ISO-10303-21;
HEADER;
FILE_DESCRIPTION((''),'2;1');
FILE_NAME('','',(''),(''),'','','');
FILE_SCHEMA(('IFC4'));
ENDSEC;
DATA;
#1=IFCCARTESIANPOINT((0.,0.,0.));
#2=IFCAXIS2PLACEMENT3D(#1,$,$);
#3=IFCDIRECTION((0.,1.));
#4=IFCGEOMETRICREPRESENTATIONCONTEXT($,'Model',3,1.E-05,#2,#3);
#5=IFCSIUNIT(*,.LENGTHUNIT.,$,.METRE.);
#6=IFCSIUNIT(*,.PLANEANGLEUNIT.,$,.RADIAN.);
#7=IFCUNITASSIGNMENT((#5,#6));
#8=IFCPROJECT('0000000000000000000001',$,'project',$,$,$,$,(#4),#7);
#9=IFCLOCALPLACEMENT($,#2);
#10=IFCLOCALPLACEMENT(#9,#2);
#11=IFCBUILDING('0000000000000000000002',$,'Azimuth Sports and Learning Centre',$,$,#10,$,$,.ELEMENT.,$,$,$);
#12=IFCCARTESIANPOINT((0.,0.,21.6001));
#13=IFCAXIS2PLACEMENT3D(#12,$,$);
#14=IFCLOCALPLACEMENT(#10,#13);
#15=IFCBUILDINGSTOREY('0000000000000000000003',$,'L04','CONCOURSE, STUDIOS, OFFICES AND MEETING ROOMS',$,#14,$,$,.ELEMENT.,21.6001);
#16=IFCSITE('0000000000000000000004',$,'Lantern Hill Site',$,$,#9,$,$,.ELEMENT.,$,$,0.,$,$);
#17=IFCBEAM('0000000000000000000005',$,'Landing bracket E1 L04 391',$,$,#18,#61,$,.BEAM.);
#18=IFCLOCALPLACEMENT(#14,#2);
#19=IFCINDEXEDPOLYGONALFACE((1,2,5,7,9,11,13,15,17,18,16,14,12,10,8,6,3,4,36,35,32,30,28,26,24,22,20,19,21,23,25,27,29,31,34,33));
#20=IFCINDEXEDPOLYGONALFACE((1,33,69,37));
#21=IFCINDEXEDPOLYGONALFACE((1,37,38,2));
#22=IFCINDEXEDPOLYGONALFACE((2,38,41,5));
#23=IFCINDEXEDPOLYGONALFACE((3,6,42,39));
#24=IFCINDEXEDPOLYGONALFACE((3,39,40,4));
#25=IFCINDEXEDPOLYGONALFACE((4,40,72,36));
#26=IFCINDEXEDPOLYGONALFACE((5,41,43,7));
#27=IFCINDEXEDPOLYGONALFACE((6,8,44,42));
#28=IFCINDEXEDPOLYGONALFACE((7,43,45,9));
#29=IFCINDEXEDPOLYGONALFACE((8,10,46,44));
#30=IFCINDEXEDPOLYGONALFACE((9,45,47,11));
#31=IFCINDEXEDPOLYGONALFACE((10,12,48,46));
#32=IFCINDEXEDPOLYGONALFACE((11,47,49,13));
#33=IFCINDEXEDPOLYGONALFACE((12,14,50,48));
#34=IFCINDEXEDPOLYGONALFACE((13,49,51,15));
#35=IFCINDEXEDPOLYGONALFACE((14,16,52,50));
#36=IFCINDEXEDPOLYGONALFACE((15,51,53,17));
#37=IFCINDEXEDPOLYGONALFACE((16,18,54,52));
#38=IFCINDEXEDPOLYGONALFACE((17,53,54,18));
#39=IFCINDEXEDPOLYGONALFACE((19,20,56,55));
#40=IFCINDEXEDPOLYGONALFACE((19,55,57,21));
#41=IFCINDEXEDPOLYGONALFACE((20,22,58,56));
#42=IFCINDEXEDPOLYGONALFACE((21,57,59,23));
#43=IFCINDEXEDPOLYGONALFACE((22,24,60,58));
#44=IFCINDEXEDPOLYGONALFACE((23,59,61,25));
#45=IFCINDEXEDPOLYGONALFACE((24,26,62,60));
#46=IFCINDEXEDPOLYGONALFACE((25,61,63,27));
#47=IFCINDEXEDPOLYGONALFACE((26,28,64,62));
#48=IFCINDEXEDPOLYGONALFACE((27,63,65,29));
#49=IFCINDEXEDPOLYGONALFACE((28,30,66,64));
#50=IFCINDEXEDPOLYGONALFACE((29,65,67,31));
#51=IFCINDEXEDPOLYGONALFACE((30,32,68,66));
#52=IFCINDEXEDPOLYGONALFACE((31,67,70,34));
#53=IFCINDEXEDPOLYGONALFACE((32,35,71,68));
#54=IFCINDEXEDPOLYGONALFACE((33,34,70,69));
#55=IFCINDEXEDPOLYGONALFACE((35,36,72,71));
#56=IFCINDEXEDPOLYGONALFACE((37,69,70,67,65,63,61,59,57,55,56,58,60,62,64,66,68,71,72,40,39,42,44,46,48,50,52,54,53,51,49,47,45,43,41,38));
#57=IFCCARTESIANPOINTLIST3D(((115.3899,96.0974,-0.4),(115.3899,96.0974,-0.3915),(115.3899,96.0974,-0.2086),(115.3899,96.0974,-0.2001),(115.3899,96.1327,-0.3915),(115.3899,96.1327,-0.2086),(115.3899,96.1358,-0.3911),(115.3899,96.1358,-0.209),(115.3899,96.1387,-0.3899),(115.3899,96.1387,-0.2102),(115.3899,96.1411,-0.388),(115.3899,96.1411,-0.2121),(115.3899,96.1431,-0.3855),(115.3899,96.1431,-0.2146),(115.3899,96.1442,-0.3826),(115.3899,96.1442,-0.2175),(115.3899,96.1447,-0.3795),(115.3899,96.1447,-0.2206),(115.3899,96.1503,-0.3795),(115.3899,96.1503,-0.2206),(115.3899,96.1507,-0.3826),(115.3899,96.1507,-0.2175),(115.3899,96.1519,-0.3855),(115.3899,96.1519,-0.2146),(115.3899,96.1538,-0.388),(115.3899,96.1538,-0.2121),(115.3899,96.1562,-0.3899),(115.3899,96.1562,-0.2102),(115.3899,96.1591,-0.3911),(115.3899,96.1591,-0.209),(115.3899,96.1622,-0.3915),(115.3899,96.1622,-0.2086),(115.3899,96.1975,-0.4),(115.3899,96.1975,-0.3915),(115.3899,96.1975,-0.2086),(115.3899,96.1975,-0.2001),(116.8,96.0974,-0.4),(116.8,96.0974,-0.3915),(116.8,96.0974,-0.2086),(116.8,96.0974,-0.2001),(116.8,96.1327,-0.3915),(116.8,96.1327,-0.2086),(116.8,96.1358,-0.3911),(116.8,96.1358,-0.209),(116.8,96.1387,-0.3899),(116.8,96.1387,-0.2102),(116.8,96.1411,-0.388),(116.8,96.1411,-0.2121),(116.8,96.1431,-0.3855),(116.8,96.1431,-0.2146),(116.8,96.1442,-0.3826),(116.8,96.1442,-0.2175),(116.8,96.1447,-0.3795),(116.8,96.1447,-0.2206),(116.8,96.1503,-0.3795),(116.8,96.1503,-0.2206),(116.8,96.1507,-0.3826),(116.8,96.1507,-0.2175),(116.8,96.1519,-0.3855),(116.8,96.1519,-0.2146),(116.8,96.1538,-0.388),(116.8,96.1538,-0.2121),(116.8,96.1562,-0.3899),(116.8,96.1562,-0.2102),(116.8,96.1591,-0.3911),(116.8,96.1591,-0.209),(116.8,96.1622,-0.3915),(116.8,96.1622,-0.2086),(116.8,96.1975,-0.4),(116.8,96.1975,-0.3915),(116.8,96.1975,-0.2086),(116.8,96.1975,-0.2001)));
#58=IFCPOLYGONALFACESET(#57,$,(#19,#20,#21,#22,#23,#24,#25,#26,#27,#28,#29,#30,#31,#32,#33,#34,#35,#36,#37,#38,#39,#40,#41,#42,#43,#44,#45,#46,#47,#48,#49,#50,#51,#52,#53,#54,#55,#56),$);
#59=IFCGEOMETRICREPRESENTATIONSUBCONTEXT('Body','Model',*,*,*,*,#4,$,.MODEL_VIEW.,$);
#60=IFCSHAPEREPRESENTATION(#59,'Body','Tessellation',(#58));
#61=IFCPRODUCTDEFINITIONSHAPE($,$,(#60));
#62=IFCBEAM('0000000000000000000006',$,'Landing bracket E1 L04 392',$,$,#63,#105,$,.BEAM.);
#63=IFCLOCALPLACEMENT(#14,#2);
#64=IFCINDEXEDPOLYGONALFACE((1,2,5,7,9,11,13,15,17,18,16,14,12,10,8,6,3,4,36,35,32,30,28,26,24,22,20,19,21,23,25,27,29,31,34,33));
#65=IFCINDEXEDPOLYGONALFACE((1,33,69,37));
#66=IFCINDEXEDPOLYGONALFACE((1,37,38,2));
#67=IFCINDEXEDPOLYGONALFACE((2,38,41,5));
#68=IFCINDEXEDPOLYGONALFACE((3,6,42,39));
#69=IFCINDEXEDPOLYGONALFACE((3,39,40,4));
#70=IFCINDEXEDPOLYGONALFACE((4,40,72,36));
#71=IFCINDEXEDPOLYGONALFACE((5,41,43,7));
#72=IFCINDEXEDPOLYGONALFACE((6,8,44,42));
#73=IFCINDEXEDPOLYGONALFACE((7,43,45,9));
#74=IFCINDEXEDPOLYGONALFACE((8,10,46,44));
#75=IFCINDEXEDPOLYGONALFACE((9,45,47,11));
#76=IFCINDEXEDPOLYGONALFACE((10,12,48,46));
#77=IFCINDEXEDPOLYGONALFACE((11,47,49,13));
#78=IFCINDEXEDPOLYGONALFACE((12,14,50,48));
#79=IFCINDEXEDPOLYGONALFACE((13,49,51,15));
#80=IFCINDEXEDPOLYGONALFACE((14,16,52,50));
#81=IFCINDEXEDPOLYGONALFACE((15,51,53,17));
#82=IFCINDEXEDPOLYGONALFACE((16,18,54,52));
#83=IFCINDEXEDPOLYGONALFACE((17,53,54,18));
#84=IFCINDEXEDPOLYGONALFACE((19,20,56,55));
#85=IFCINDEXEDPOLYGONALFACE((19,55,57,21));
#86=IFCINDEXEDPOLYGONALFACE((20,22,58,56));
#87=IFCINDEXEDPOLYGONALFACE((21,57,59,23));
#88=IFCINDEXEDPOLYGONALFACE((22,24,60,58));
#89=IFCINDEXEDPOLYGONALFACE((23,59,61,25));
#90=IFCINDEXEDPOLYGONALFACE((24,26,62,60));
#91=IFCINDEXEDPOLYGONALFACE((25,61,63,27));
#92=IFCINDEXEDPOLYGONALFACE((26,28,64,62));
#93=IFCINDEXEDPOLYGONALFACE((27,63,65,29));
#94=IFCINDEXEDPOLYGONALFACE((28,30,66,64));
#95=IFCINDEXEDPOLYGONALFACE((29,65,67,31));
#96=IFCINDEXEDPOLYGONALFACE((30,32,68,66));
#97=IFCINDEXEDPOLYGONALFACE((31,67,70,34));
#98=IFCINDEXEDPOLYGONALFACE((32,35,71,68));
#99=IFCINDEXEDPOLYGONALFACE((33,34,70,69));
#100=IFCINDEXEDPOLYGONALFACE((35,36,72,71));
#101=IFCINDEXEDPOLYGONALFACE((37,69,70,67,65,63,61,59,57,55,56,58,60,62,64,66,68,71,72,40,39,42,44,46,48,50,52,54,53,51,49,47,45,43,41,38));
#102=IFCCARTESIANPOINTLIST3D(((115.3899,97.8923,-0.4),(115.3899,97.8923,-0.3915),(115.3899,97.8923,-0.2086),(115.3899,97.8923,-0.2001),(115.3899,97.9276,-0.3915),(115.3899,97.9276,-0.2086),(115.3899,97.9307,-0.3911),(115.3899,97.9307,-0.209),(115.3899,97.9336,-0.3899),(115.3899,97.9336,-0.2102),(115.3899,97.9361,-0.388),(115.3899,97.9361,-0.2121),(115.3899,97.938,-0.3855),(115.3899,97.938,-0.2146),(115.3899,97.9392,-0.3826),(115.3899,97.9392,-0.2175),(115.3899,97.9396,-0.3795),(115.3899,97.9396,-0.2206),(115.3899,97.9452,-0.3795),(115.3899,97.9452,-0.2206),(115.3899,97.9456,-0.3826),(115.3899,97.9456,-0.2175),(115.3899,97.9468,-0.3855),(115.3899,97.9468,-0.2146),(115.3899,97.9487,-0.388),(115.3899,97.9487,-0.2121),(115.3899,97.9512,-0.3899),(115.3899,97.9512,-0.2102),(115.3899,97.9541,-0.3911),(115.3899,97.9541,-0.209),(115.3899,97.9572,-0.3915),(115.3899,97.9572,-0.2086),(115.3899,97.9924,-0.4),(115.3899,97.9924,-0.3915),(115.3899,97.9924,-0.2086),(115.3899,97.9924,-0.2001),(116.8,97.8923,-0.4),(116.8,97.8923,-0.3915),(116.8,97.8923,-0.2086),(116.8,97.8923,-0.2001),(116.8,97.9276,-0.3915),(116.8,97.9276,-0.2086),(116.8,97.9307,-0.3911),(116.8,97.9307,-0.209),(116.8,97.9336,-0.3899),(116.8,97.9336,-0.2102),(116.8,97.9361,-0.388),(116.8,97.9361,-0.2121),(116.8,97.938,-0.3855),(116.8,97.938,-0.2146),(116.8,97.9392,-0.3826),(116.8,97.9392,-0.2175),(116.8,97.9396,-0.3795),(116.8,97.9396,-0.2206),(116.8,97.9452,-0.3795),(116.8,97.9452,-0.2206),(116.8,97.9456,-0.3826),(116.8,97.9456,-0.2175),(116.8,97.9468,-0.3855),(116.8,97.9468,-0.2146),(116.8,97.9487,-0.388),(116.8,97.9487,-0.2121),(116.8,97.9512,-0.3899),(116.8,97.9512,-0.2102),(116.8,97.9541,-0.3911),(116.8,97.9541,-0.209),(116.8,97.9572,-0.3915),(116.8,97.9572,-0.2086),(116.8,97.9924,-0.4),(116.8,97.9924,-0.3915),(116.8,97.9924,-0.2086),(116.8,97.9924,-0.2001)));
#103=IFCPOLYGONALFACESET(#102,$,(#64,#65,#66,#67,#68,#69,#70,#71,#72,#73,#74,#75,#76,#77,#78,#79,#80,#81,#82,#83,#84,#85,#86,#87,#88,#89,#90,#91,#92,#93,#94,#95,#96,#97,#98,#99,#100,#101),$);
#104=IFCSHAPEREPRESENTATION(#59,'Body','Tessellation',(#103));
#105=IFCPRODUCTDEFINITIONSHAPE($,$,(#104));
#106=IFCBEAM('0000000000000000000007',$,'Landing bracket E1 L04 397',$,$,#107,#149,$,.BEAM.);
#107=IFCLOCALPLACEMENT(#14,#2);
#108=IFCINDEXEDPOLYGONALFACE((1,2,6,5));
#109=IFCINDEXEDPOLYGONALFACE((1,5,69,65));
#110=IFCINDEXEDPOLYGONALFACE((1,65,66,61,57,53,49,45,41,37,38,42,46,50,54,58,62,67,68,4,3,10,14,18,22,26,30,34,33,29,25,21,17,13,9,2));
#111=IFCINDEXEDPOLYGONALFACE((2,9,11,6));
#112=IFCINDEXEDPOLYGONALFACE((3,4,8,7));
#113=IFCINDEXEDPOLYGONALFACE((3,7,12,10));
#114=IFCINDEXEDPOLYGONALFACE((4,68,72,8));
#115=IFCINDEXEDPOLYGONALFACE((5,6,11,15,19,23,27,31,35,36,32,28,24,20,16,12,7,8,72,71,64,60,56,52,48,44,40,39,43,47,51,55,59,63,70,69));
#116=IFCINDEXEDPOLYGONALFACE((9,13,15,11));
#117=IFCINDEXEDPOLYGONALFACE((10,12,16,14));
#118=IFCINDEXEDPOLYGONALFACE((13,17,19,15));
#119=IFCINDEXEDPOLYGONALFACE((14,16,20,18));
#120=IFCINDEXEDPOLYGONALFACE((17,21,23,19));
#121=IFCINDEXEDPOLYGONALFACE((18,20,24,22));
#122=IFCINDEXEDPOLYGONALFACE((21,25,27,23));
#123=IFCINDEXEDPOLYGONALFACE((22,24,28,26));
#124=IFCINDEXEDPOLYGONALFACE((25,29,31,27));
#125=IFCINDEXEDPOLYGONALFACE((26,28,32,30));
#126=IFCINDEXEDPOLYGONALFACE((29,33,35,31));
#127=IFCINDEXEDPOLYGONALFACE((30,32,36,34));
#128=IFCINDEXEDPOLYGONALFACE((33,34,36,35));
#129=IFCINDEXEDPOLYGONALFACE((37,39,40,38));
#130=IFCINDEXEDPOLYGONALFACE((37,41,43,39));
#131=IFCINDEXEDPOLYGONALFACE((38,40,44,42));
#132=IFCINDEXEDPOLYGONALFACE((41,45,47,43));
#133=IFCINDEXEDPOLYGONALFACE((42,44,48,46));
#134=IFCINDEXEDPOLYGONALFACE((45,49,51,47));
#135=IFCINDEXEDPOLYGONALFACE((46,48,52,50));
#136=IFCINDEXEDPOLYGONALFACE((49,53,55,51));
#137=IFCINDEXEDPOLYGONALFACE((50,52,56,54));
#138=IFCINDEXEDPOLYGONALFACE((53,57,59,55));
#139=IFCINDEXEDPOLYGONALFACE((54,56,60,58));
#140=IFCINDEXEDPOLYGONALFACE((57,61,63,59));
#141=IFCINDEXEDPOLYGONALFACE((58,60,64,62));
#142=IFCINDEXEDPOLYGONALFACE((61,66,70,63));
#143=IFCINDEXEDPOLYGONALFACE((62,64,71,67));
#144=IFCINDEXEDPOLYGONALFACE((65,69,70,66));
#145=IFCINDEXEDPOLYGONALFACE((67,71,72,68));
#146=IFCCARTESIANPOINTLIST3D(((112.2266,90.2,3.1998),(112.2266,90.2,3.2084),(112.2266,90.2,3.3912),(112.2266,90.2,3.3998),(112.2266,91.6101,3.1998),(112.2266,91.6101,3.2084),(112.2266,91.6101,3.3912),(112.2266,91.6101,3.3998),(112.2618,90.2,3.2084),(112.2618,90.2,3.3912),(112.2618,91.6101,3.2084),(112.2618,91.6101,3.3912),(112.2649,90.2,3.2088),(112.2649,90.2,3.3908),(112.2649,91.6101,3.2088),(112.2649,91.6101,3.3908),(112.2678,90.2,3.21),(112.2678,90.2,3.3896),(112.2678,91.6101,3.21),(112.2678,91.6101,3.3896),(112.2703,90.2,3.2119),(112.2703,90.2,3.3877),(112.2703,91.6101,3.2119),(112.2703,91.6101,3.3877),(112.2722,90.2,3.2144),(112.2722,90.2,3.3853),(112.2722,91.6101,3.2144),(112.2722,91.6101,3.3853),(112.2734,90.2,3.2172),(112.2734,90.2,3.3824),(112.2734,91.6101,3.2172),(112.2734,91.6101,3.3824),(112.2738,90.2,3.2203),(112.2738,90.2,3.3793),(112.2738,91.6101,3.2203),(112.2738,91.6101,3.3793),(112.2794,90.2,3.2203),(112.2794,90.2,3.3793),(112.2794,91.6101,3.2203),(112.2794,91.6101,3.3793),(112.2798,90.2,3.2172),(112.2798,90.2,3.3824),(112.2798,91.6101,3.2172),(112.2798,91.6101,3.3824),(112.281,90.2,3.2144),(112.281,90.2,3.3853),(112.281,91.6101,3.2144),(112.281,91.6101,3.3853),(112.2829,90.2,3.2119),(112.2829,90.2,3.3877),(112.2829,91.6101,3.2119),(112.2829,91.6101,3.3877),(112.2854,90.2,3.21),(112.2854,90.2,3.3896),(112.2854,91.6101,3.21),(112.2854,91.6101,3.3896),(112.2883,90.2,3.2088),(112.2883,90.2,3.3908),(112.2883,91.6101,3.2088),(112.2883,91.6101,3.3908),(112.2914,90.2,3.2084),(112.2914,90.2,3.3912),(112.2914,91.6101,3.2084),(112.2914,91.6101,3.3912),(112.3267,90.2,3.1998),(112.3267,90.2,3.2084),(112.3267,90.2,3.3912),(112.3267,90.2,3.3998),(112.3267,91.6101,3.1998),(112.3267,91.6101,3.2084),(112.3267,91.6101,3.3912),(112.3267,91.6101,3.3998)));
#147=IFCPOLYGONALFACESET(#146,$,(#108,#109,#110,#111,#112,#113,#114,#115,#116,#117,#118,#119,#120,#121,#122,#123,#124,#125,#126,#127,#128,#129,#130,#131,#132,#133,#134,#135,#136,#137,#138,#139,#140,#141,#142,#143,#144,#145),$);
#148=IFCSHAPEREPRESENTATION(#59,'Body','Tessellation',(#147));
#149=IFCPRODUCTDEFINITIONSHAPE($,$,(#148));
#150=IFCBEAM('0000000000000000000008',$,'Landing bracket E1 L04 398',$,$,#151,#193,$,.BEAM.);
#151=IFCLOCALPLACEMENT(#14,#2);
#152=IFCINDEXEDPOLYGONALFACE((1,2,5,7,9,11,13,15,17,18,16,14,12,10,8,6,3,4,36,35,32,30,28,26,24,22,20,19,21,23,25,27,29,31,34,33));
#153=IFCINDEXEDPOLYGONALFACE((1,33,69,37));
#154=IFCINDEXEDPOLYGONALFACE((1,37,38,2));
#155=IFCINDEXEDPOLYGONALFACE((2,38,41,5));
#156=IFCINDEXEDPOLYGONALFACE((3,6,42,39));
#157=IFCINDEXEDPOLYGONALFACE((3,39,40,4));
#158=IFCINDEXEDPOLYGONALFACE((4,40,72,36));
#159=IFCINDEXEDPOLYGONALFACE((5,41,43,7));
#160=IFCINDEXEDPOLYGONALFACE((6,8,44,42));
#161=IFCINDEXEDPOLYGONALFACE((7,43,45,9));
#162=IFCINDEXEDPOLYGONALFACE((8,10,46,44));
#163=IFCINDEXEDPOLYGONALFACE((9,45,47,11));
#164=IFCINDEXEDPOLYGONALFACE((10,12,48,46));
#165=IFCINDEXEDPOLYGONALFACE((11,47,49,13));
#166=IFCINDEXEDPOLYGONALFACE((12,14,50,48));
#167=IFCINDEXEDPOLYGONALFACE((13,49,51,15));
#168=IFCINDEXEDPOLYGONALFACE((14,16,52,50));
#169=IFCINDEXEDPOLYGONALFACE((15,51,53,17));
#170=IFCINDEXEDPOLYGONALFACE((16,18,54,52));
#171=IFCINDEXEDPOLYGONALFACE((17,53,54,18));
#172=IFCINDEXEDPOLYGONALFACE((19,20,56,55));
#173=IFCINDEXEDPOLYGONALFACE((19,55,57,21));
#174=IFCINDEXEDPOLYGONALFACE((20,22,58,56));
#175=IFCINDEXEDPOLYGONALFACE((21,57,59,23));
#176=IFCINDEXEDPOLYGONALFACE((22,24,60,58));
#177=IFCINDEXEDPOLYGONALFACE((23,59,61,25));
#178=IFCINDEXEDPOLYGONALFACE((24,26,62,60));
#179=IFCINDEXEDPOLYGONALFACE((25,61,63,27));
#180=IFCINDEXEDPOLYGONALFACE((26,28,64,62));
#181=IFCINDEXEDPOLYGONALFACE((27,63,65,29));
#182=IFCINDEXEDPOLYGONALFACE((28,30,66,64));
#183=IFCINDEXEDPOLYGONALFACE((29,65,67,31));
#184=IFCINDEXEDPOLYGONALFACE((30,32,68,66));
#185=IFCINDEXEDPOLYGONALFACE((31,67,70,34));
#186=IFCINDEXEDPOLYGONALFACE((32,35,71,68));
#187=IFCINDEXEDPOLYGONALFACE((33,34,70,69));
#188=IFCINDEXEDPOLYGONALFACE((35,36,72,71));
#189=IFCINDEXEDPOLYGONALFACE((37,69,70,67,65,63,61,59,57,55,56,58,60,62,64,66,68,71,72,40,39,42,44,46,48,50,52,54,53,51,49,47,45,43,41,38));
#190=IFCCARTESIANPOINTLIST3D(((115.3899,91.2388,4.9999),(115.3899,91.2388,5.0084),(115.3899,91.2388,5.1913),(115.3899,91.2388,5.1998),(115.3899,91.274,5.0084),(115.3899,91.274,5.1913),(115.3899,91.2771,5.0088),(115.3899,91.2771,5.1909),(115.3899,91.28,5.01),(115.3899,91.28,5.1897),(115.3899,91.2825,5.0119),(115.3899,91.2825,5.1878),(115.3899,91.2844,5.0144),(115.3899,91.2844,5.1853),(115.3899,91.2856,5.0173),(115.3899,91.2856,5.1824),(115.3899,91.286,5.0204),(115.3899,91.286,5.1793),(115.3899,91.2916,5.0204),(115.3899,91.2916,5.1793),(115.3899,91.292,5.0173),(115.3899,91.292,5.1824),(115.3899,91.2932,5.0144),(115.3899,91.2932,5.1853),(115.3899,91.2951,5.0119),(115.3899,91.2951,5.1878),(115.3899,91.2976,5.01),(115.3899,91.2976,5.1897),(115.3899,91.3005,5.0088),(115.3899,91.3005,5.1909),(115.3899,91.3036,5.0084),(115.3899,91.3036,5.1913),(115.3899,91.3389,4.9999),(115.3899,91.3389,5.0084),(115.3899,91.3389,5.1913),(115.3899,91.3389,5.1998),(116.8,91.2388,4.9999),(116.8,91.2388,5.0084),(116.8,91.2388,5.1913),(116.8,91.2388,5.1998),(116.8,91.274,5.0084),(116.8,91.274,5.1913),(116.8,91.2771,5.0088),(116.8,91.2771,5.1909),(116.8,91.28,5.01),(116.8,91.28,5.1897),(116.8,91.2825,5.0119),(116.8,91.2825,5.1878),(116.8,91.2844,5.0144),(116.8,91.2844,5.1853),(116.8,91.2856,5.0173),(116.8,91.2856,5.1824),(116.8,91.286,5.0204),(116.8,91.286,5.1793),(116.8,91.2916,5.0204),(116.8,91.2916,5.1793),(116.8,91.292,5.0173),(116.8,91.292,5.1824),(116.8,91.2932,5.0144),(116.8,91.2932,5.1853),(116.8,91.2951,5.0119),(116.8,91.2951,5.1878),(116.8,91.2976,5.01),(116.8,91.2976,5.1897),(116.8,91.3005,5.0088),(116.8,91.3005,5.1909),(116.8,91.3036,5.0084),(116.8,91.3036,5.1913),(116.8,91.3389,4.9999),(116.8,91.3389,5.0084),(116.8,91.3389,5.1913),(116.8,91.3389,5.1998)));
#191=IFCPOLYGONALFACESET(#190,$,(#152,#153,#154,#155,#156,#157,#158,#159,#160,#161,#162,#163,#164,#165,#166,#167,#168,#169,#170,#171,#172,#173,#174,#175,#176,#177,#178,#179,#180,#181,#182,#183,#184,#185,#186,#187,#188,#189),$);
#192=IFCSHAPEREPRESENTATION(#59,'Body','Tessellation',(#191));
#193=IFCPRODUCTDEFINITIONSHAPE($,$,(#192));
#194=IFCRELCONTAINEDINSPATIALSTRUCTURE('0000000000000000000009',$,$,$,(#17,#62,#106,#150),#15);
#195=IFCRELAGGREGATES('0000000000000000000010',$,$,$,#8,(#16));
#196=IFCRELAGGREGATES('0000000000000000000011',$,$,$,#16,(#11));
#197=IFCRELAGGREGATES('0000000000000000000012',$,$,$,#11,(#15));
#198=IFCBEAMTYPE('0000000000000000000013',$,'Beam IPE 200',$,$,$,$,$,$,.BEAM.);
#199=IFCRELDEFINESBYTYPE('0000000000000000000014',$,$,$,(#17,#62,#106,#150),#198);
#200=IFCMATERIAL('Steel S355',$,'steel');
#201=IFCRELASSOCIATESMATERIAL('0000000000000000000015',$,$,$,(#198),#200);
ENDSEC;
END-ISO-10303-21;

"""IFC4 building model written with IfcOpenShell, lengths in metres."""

from ifc_helpers import new_model, si_unit, direction, frame, origin, origin_2d, place, context, subcontext, project, spatial, i_section, extrude, material, material_profile, profile_set, type_object, element, save


model = new_model("IFC4")

# Units and contexts
model_context = context("Model", 3, precision=1e-05, world=origin(), true_north=direction((0.0, 1.0)))
body_context = subcontext(model_context, "Body", "Model", "MODEL_VIEW")
ifc_project = project(units=[si_unit("LENGTHUNIT", "METRE"), si_unit("PLANEANGLEUNIT", "RADIAN")], contexts=[model_context])

# Site, building, storey
site_placement = place(None, origin())
site = spatial("IfcSite", under=ifc_project, at=site_placement, Name="Lantern Hill Site", CompositionType="ELEMENT", RefElevation=0.0)
building_placement = place(site_placement, origin())
building = spatial("IfcBuilding", under=site, at=building_placement, Name="Azimuth Sports and Learning Centre", CompositionType="ELEMENT")
storey_placement = place(building_placement, frame((0.0, 0.0, 21.6001)))
storey = spatial("IfcBuildingStorey", under=building, at=storey_placement, Name="L04", Description="CONCOURSE, STUDIOS, OFFICES AND MEETING ROOMS", CompositionType="ELEMENT", Elevation=21.6001)

# Beams
ifc_material_1 = material(Name="Steel S355", Category="steel")
ifc_material_profile_1 = material_profile(ifc_material_1, i_section(OverallWidth=0.1001, OverallDepth=0.2, WebThickness=0.0056, FlangeThickness=0.0085, FilletRadius=0.012, at=origin_2d()), Name="IPE 200")
ifc_profile_set_1 = profile_set([ifc_material_profile_1], Name="Steel S355")
beam_type_1 = type_object("IfcBeamType", Name="Beam IPE 200", PredefinedType="BEAM", material=ifc_profile_set_1)
for number, where, z_axis, x_axis, name in (
    (1, (116.8, 96.1475, -0.3), (-1.0, 0.0, 0.0), (0.0, -1.0, 0.0), "Landing bracket E1 L04 391"),
    (2, (116.8, 97.9424, -0.3), (-1.0, 0.0, 0.0), (0.0, -1.0, 0.0), "Landing bracket E1 L04 392"),
    (3, (112.2766, 90.2, 3.2998), (0.0, 1.0, 0.0), (-1.0, 0.0, 0.0), "Landing bracket E1 L04 397"),
    (4, (116.8, 91.2888, 5.0999), (-1.0, 0.0, 0.0), (0.0, -1.0, 0.0), "Landing bracket E1 L04 398"),
):
    element("IfcBeam", number, at=place(storey_placement, frame(where, z_axis=z_axis, x_axis=x_axis)), inside=storey, type_object=beam_type_1, Name=name, PredefinedType="BEAM", context=body_context, shape_type="SweptSolid", body=[
        extrude(i_section(OverallWidth=0.1001, OverallDepth=0.2, WebThickness=0.0056, FlangeThickness=0.0085, FilletRadius=0.012, at=origin_2d()), origin(), (0.0, 0.0, 1.0), 1.4102),
    ])

save(model, "model.ifc")
